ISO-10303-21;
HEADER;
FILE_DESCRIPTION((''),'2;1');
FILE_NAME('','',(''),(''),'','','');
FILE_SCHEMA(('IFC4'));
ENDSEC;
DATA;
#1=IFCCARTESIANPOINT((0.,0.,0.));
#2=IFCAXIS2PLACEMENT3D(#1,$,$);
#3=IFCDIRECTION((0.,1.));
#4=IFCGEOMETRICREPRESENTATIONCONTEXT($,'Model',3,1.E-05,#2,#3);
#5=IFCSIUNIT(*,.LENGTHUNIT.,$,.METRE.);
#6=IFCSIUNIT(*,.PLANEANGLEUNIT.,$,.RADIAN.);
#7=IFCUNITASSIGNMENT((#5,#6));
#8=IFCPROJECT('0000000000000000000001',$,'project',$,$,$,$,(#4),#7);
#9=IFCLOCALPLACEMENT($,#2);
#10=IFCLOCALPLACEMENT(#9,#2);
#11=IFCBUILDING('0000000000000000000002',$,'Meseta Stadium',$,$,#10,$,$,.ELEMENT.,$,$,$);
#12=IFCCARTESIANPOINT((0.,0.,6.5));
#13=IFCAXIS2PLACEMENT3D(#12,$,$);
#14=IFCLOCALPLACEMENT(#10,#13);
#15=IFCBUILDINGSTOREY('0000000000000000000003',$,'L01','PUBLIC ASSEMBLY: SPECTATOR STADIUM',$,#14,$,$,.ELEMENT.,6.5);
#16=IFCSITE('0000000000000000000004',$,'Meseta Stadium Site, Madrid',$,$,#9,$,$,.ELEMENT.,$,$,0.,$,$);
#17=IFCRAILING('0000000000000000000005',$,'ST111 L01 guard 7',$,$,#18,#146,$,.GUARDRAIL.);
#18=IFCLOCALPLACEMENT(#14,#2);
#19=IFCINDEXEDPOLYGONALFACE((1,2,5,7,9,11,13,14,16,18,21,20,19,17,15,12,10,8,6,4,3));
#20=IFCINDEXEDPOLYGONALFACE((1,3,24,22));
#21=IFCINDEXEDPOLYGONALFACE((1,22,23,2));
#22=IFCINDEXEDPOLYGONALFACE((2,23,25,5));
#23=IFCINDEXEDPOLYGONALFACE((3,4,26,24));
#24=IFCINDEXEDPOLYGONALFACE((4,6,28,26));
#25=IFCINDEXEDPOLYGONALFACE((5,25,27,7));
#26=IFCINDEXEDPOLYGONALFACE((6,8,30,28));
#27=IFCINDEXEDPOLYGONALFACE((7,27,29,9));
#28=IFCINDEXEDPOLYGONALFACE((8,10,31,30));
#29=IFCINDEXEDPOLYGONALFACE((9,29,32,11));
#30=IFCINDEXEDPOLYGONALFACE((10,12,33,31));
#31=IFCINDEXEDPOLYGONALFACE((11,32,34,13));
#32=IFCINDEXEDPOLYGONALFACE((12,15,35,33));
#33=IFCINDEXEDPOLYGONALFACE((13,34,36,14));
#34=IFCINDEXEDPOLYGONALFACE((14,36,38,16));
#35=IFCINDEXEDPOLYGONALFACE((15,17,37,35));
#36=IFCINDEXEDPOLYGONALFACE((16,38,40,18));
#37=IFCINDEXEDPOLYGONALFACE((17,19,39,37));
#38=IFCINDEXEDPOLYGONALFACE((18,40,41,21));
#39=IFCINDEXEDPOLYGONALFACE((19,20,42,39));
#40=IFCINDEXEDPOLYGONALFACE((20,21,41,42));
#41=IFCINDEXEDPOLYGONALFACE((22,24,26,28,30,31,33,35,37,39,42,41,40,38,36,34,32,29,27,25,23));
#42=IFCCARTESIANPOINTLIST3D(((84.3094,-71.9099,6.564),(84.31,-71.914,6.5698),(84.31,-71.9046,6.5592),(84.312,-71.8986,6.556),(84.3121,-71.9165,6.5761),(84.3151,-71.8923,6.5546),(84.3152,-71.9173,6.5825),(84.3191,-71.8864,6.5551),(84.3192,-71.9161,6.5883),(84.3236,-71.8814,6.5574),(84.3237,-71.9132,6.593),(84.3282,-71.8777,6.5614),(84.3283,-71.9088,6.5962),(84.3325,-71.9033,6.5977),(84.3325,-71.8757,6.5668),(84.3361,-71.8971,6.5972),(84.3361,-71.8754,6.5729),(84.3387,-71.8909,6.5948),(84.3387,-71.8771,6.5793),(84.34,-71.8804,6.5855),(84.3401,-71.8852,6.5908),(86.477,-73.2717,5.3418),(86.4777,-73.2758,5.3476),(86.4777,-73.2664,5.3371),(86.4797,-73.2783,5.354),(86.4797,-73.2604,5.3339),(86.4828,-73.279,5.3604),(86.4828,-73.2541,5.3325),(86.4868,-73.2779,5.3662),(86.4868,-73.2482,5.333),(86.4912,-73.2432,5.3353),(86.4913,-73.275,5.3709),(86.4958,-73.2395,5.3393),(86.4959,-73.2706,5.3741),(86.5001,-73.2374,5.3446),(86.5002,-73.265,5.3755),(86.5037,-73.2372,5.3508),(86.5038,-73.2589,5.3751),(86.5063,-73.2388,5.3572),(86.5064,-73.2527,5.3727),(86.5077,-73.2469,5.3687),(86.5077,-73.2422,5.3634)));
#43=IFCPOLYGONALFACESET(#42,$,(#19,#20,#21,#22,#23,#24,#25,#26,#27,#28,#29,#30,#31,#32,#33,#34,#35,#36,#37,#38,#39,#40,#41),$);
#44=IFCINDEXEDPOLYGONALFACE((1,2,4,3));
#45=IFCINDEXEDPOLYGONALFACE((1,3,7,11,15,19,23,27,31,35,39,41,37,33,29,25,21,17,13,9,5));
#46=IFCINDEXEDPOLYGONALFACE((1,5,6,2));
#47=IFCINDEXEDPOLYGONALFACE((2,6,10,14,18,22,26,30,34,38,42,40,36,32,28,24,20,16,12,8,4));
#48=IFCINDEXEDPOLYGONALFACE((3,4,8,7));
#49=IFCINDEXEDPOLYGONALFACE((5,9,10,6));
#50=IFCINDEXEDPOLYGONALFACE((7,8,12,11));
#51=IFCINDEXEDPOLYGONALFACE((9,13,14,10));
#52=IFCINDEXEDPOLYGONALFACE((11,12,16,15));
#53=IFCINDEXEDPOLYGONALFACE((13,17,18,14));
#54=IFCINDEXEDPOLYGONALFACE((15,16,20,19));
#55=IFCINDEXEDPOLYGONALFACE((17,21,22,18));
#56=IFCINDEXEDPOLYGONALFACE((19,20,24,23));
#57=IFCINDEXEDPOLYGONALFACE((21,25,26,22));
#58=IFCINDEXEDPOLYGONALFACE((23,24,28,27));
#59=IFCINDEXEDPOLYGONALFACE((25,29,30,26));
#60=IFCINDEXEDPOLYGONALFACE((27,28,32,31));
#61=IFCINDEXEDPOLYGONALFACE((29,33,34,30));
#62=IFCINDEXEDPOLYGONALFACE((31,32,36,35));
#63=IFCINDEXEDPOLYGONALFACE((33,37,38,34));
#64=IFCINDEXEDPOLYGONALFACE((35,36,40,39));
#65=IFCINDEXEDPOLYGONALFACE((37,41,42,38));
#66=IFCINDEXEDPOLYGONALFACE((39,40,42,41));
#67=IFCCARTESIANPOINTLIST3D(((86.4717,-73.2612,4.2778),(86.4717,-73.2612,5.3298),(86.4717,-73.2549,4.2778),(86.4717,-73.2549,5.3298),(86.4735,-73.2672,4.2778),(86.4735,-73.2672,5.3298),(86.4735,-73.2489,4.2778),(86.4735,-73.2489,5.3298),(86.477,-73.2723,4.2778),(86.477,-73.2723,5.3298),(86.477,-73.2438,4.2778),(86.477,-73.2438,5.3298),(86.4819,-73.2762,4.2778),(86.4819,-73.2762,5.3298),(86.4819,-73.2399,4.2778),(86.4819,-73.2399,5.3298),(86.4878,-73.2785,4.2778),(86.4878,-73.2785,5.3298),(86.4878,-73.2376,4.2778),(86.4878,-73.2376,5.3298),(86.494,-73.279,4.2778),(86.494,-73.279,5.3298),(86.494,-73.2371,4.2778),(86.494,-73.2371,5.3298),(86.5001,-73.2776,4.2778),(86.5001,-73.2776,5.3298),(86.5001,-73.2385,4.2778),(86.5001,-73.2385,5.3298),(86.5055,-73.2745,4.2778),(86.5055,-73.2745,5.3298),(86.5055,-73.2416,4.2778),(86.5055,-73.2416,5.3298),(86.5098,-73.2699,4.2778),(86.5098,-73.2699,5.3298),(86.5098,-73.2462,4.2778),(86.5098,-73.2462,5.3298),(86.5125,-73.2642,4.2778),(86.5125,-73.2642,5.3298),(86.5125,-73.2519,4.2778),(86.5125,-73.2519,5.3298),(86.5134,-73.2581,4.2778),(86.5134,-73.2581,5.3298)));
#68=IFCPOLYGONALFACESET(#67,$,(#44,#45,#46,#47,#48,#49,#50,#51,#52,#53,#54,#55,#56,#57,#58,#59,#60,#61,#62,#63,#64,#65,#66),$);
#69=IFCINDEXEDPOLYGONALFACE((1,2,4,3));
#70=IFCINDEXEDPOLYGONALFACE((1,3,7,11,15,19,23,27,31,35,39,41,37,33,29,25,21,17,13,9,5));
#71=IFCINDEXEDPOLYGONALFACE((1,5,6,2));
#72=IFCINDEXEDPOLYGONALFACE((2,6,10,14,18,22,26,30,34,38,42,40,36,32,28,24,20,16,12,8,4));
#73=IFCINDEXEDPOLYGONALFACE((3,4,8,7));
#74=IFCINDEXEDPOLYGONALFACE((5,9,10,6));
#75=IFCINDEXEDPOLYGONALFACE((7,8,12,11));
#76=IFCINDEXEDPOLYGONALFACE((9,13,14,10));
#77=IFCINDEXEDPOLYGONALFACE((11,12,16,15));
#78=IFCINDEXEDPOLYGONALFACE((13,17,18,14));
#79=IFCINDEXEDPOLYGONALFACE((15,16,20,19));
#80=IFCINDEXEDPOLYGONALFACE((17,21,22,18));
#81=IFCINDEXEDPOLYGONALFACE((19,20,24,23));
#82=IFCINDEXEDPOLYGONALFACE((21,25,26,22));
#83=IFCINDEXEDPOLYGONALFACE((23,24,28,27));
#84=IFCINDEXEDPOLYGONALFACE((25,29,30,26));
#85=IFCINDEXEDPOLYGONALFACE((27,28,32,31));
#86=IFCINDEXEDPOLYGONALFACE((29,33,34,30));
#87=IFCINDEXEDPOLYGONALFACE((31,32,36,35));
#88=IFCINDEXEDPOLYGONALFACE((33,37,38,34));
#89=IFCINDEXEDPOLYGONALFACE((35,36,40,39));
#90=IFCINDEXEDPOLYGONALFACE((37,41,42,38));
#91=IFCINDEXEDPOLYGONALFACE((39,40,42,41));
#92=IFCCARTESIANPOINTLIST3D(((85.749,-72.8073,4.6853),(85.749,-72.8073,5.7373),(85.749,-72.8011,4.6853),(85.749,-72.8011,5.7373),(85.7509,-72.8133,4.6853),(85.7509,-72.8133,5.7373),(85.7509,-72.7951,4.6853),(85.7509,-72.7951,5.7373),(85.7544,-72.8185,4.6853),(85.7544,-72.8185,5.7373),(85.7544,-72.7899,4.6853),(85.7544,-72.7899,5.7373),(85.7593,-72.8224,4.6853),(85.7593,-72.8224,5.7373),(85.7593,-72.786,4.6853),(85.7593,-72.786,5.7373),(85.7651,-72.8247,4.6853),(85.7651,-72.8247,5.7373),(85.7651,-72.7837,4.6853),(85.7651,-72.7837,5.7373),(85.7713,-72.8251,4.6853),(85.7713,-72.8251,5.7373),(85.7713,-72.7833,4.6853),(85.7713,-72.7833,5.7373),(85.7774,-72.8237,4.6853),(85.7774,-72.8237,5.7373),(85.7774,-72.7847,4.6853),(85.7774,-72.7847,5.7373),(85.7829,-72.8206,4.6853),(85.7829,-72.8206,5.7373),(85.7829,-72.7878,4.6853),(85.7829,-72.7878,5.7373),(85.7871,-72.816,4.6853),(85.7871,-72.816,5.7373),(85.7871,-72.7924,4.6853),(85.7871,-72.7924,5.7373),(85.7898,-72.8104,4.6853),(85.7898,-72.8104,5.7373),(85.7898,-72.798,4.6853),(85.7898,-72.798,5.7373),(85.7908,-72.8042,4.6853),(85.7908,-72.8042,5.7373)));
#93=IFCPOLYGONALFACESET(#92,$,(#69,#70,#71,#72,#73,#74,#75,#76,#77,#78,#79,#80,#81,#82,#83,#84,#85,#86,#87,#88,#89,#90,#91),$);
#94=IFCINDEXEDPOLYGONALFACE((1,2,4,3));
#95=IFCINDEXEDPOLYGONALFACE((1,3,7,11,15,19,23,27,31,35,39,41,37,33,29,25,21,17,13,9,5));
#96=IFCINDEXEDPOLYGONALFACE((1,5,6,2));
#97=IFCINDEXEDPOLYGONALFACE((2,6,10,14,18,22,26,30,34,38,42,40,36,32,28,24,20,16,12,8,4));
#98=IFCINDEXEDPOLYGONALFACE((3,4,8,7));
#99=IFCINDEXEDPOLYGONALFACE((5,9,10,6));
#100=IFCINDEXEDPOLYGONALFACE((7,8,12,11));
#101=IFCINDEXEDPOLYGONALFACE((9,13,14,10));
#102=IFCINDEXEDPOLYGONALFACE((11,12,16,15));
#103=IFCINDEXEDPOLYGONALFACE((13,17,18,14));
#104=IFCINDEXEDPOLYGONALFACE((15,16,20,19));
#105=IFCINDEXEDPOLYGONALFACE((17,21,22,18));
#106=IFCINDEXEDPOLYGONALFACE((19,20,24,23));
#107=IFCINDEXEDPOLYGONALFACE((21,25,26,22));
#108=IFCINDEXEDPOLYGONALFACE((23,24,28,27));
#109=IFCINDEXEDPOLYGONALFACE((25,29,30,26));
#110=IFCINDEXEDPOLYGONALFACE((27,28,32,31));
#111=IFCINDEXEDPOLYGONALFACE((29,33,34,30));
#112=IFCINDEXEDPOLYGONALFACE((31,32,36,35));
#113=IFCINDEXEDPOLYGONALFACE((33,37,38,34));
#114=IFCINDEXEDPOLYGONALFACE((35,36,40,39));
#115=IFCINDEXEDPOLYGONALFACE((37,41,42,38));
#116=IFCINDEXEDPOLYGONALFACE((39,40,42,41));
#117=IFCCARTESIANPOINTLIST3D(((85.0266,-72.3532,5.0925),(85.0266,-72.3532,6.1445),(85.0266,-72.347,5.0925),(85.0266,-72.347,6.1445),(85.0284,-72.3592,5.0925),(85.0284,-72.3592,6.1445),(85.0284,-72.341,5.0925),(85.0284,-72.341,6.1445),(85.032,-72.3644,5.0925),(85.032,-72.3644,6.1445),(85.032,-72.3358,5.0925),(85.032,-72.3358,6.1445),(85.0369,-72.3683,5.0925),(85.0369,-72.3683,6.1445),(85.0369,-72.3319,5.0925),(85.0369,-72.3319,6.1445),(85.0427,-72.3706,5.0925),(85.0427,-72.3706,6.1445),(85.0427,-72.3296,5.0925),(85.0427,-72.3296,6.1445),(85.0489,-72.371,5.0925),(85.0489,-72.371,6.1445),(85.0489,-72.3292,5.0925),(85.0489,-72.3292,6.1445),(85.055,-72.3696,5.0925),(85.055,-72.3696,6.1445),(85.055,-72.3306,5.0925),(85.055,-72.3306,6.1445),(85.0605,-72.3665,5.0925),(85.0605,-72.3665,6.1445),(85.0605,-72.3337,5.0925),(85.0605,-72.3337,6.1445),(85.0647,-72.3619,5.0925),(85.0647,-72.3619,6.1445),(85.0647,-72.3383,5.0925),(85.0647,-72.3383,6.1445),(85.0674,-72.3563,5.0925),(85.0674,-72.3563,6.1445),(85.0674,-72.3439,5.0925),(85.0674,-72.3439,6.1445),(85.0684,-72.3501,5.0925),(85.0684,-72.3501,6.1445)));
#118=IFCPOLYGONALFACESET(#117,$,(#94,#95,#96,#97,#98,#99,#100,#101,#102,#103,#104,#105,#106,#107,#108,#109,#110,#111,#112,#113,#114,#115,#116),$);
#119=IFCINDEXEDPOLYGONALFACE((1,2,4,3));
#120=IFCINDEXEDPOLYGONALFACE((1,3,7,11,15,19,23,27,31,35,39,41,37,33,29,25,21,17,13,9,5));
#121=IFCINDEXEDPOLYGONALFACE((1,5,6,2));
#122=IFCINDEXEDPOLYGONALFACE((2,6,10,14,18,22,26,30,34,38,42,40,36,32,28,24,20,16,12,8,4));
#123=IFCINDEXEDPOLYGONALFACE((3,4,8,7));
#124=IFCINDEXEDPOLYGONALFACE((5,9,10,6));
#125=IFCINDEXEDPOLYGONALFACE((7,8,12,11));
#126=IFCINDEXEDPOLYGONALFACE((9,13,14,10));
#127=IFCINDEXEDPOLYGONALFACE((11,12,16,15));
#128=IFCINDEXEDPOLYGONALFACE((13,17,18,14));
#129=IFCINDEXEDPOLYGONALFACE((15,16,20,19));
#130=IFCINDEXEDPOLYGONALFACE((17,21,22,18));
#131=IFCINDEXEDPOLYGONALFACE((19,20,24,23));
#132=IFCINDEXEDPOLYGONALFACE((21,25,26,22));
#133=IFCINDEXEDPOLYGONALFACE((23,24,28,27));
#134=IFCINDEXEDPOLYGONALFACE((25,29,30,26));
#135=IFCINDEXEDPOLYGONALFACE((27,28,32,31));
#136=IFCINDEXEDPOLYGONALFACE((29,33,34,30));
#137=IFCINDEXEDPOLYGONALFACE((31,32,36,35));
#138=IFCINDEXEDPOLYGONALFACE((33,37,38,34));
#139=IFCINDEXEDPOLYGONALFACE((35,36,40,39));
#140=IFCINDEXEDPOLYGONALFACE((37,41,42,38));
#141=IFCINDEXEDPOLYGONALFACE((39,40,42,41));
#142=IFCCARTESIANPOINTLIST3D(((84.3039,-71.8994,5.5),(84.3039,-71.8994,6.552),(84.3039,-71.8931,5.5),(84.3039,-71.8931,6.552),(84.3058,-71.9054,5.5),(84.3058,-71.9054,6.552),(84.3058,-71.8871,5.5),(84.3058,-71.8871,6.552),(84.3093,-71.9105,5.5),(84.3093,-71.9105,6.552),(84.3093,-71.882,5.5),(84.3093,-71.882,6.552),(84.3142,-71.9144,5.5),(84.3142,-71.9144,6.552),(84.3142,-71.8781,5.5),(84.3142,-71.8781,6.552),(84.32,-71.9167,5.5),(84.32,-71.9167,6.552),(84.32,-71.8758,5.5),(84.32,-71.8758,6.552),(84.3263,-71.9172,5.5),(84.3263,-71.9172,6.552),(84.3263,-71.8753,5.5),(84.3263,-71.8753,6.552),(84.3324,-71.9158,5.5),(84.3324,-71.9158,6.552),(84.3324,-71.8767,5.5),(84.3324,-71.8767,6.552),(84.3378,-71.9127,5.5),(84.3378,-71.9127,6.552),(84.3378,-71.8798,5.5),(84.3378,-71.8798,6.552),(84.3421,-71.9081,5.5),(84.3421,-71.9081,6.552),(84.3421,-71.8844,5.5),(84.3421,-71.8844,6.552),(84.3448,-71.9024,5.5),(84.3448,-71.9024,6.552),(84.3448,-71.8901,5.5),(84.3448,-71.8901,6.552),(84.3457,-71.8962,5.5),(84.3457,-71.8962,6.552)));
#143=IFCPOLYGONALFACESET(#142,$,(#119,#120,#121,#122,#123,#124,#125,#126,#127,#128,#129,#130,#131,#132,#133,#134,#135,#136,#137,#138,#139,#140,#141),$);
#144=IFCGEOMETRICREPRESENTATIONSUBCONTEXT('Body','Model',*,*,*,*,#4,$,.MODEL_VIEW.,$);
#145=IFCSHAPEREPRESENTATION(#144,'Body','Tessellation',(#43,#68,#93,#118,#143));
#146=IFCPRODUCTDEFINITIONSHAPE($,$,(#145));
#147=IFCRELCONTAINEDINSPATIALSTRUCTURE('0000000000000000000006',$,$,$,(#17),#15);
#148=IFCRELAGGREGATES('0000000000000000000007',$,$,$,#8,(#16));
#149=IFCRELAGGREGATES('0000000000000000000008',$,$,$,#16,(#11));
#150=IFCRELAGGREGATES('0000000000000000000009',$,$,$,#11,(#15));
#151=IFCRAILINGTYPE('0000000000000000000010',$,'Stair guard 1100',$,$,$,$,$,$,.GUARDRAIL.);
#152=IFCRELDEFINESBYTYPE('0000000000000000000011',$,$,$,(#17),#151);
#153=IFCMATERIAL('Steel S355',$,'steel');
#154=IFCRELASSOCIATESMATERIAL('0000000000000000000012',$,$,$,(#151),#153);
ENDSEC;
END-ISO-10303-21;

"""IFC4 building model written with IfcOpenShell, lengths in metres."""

from ifc_helpers import new_model, si_unit, direction, frame, origin, origin_2d, place, context, subcontext, project, spatial, circle, extrude, material, type_object, element, save


model = new_model("IFC4")

# Units and contexts
model_context = context("Model", 3, precision=1e-05, world=origin(), true_north=direction((0.0, 1.0)))
body_context = subcontext(model_context, "Body", "Model", "MODEL_VIEW")
ifc_project = project(units=[si_unit("LENGTHUNIT", "METRE"), si_unit("PLANEANGLEUNIT", "RADIAN")], contexts=[model_context])

# Site, building, storey
site_placement = place(None, origin())
site = spatial("IfcSite", under=ifc_project, at=site_placement, Name="Meseta Stadium Site, Madrid", CompositionType="ELEMENT", RefElevation=0.0)
building_placement = place(site_placement, origin())
building = spatial("IfcBuilding", under=site, at=building_placement, Name="Meseta Stadium", CompositionType="ELEMENT")
storey_placement = place(building_placement, frame((0.0, 0.0, 6.5)))
storey = spatial("IfcBuildingStorey", under=building, at=storey_placement, Name="L01", Description="PUBLIC ASSEMBLY: SPECTATOR STADIUM", CompositionType="ELEMENT", Elevation=6.5)

# Railing
ifc_material_1 = material(Name="Steel S355", Category="steel")
railing_type_1 = type_object("IfcRailingType", Name="Stair guard 1100", PredefinedType="GUARDRAIL", material=ifc_material_1)
railing_1_placement = place(storey_placement, frame((86.4924, -73.2581, 4.2778)))
element("IfcRailing", 1, at=railing_1_placement, inside=storey, type_object=railing_type_1, Name="ST111 L01 guard 7", PredefinedType="GUARDRAIL", context=body_context, shape_type="SweptSolid", body=[
    extrude(circle(Radius=0.0239, at=origin_2d()), frame((0.0, 0.0, 1.0762), z_axis=(-0.764152, 0.480059, 0.430831), x_axis=(-0.531961, -0.846769, 0.0)), (0.0, 0.0, 1.0), 2.8367),
    extrude(circle(Radius=0.021, at=origin_2d()), origin(), (0.0, 0.0, 1.0), 1.052),
    extrude(circle(Radius=0.021, at=origin_2d()), frame((-0.7227, 0.4539, 0.4075)), (0.0, 0.0, 1.0), 1.052),
    extrude(circle(Radius=0.021, at=origin_2d()), frame((-1.4451, 0.908, 0.8147)), (0.0, 0.0, 1.0), 1.052),
    extrude(circle(Radius=0.021, at=origin_2d()), frame((-2.1677, 1.3618, 1.2222)), (0.0, 0.0, 1.0), 1.052),
])

save(model, "model.ifc")
